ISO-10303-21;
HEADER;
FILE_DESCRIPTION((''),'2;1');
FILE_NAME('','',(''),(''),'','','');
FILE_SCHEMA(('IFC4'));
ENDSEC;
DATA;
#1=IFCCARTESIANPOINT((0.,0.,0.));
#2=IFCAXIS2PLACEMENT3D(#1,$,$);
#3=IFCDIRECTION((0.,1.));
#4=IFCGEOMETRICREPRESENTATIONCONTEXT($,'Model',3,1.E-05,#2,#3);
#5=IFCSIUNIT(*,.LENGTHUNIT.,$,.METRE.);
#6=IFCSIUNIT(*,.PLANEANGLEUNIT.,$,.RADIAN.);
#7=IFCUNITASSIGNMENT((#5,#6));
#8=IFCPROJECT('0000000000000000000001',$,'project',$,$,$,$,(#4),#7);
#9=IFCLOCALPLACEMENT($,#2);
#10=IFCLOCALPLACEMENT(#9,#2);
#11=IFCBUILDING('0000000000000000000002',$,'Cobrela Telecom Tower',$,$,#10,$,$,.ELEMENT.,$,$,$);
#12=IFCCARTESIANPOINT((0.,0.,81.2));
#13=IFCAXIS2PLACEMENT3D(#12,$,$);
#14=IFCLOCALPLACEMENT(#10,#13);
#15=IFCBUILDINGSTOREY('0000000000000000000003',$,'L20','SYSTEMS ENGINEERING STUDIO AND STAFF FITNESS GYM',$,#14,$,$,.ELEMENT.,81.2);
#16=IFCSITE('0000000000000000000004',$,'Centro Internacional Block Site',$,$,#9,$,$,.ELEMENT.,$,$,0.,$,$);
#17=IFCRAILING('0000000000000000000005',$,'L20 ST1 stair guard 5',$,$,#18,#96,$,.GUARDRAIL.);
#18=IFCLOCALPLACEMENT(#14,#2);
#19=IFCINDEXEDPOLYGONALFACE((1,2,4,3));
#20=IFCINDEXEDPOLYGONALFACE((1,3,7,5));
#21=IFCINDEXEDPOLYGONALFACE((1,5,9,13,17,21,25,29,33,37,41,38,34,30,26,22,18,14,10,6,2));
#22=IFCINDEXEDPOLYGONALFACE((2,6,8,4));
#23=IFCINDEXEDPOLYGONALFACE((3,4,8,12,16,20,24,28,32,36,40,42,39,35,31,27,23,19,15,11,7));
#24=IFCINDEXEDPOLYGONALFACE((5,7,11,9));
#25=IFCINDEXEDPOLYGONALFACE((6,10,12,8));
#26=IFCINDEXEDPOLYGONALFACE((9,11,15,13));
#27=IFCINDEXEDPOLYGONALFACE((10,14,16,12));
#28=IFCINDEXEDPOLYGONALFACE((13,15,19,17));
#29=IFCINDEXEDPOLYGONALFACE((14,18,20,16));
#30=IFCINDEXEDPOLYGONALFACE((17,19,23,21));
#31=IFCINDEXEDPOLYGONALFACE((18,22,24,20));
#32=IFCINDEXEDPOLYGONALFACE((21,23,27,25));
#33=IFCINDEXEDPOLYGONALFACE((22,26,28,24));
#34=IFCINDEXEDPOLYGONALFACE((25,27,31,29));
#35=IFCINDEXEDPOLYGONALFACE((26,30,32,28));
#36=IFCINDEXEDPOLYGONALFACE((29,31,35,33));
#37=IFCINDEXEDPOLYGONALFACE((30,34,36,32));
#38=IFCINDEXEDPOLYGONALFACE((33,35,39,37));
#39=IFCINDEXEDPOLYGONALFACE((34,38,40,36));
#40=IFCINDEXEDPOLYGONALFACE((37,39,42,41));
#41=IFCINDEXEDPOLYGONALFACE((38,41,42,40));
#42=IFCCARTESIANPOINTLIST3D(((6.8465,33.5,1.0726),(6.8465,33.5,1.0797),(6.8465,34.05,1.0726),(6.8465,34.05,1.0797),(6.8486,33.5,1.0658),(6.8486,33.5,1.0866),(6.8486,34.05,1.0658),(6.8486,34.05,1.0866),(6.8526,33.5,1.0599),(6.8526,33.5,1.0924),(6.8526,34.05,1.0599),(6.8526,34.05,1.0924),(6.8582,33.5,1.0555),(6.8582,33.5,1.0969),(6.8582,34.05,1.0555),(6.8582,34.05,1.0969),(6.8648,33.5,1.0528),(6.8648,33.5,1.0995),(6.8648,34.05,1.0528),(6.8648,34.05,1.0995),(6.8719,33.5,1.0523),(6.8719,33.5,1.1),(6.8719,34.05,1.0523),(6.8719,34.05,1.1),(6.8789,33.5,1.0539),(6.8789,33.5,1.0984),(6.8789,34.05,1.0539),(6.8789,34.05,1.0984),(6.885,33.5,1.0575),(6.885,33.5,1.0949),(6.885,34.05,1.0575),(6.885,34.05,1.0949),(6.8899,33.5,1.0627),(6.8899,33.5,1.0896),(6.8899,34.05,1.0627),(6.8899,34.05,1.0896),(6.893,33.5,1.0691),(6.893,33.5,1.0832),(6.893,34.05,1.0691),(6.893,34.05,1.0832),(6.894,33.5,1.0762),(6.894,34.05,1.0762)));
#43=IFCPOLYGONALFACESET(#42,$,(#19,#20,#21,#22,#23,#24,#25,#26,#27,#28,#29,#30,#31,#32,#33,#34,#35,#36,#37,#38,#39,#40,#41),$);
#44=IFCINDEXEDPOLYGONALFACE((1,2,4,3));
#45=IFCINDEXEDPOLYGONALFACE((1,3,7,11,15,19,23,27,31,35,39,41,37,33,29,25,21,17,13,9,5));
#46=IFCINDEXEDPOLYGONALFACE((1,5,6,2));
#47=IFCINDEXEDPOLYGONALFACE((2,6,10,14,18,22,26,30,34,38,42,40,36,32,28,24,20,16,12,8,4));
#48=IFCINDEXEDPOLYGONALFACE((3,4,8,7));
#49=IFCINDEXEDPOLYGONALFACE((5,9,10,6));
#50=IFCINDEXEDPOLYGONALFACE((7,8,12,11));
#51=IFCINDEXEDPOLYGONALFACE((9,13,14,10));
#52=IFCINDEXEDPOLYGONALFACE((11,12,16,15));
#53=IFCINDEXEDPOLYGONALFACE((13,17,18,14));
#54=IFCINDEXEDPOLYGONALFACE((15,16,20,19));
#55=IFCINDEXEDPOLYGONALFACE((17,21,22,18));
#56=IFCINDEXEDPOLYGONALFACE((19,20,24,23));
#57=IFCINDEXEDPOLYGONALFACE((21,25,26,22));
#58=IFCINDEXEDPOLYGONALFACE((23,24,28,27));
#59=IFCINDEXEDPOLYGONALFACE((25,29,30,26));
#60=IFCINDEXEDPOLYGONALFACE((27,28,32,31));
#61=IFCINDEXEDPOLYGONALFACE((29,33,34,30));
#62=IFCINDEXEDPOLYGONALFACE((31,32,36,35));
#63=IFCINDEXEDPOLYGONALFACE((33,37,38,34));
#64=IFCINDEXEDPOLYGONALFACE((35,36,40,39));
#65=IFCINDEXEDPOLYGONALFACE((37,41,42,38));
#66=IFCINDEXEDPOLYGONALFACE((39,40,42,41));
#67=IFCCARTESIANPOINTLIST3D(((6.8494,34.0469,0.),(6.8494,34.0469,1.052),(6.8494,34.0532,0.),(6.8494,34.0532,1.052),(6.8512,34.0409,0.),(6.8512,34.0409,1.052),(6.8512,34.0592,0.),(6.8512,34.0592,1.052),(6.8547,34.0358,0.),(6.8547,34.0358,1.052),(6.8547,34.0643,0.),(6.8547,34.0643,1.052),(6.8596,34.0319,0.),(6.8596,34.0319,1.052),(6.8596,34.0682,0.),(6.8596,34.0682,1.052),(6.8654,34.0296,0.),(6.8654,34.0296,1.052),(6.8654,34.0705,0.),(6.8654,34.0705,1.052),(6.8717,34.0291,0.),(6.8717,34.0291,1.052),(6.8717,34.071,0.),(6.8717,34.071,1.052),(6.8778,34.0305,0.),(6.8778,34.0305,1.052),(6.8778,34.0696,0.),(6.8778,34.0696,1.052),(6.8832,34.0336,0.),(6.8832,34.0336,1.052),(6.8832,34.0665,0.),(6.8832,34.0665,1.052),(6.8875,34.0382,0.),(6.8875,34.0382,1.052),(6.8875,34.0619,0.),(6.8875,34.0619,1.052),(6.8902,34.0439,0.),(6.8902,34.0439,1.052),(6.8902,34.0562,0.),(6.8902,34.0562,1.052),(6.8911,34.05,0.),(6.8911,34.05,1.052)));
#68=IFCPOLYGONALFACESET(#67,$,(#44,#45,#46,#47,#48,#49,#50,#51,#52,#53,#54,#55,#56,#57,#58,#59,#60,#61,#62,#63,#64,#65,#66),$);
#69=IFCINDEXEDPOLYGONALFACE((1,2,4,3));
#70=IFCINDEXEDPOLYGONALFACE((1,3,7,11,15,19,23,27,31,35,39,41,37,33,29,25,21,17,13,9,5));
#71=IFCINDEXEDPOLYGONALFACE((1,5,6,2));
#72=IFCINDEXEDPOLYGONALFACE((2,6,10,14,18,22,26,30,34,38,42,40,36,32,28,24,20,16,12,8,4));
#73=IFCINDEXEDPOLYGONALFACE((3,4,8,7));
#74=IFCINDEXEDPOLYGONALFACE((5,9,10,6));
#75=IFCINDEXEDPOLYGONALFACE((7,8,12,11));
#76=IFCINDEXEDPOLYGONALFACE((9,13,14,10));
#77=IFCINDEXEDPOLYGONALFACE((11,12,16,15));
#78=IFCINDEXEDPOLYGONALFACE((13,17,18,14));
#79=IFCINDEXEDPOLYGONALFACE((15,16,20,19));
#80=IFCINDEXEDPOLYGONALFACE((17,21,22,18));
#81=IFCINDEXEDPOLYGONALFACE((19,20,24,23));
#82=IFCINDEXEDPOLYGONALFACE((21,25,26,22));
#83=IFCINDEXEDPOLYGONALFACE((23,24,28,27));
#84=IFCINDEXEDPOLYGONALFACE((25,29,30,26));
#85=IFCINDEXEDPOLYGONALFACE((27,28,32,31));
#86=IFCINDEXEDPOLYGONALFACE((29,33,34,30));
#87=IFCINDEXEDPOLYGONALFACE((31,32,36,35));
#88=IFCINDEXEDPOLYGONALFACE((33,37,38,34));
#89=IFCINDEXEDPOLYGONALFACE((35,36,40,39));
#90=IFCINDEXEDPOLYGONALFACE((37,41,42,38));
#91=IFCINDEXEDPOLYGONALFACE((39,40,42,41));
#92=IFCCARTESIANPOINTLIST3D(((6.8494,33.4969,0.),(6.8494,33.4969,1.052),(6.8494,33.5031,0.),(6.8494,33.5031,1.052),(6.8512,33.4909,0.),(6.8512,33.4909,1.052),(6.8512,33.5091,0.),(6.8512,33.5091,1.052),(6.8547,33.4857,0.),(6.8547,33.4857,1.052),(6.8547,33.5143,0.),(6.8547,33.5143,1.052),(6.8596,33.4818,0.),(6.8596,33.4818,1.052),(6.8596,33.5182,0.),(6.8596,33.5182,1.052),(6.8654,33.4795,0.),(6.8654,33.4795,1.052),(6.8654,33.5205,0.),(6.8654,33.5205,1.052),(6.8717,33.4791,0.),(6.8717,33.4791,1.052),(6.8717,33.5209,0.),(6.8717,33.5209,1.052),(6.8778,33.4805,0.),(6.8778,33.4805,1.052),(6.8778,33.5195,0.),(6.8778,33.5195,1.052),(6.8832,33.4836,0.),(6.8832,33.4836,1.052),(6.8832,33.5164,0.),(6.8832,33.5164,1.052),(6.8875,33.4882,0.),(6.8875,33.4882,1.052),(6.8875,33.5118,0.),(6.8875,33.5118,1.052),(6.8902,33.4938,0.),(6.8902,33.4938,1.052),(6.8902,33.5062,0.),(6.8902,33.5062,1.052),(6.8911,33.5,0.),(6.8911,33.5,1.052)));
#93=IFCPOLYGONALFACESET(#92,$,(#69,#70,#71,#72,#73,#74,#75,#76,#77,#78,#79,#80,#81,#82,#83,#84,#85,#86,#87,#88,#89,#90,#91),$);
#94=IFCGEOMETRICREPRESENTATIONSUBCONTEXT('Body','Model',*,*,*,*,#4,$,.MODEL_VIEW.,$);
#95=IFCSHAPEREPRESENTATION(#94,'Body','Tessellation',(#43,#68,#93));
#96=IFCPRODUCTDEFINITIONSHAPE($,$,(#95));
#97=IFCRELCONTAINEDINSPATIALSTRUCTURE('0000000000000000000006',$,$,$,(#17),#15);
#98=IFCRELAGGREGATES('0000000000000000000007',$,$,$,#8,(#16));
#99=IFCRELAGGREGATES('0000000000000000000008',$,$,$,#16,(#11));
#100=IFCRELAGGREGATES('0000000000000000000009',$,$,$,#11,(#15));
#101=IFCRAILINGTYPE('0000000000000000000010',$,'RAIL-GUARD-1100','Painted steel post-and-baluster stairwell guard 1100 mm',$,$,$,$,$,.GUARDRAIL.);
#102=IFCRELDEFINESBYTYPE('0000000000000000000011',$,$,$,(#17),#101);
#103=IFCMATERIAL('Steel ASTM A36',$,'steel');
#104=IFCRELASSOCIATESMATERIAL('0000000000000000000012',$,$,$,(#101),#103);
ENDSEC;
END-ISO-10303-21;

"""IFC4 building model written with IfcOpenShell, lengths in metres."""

from ifc_helpers import new_model, si_unit, direction, frame, origin, origin_2d, place, context, subcontext, project, spatial, circle, extrude, material, type_object, element, save


model = new_model("IFC4")

# Units and contexts
model_context = context("Model", 3, precision=1e-05, world=origin(), true_north=direction((0.0, 1.0)))
body_context = subcontext(model_context, "Body", "Model", "MODEL_VIEW")
ifc_project = project(units=[si_unit("LENGTHUNIT", "METRE"), si_unit("PLANEANGLEUNIT", "RADIAN")], contexts=[model_context])

# Site, building, storey
site_placement = place(None, origin())
site = spatial("IfcSite", under=ifc_project, at=site_placement, Name="Centro Internacional Block Site", CompositionType="ELEMENT", RefElevation=0.0)
building_placement = place(site_placement, origin())
building = spatial("IfcBuilding", under=site, at=building_placement, Name="Cobrela Telecom Tower", CompositionType="ELEMENT")
storey_placement = place(building_placement, frame((0.0, 0.0, 81.2)))
storey = spatial("IfcBuildingStorey", under=building, at=storey_placement, Name="L20", Description="SYSTEMS ENGINEERING STUDIO AND STAFF FITNESS GYM", CompositionType="ELEMENT", Elevation=81.2)

# Shared definitions
ifc_material_1 = material(Name="Steel ASTM A36", Category="steel")

# Railing
railing_type_1 = type_object("IfcRailingType", Name="RAIL-GUARD-1100", Description="Painted steel post-and-baluster stairwell guard 1100 mm", PredefinedType="GUARDRAIL", material=ifc_material_1)
railing_1_placement = place(storey_placement, frame((6.8701, 34.05, 0.0)))
element("IfcRailing", 1, at=railing_1_placement, inside=storey, type_object=railing_type_1, Name="L20 ST1 stair guard 5", PredefinedType="GUARDRAIL", context=body_context, shape_type="SweptSolid", body=[
    extrude(circle(Radius=0.0239, at=origin_2d()), frame((0.0, 0.0, 1.0762), z_axis=(0.0, -1.0, 0.0), x_axis=(1.0, 0.0, 0.0)), (0.0, 0.0, 1.0), 0.55),
    extrude(circle(Radius=0.021, at=origin_2d()), origin(), (0.0, 0.0, 1.0), 1.052),
    extrude(circle(Radius=0.021, at=origin_2d()), frame((0.0, -0.55, 0.0)), (0.0, 0.0, 1.0), 1.052),
])

save(model, "model.ifc")
